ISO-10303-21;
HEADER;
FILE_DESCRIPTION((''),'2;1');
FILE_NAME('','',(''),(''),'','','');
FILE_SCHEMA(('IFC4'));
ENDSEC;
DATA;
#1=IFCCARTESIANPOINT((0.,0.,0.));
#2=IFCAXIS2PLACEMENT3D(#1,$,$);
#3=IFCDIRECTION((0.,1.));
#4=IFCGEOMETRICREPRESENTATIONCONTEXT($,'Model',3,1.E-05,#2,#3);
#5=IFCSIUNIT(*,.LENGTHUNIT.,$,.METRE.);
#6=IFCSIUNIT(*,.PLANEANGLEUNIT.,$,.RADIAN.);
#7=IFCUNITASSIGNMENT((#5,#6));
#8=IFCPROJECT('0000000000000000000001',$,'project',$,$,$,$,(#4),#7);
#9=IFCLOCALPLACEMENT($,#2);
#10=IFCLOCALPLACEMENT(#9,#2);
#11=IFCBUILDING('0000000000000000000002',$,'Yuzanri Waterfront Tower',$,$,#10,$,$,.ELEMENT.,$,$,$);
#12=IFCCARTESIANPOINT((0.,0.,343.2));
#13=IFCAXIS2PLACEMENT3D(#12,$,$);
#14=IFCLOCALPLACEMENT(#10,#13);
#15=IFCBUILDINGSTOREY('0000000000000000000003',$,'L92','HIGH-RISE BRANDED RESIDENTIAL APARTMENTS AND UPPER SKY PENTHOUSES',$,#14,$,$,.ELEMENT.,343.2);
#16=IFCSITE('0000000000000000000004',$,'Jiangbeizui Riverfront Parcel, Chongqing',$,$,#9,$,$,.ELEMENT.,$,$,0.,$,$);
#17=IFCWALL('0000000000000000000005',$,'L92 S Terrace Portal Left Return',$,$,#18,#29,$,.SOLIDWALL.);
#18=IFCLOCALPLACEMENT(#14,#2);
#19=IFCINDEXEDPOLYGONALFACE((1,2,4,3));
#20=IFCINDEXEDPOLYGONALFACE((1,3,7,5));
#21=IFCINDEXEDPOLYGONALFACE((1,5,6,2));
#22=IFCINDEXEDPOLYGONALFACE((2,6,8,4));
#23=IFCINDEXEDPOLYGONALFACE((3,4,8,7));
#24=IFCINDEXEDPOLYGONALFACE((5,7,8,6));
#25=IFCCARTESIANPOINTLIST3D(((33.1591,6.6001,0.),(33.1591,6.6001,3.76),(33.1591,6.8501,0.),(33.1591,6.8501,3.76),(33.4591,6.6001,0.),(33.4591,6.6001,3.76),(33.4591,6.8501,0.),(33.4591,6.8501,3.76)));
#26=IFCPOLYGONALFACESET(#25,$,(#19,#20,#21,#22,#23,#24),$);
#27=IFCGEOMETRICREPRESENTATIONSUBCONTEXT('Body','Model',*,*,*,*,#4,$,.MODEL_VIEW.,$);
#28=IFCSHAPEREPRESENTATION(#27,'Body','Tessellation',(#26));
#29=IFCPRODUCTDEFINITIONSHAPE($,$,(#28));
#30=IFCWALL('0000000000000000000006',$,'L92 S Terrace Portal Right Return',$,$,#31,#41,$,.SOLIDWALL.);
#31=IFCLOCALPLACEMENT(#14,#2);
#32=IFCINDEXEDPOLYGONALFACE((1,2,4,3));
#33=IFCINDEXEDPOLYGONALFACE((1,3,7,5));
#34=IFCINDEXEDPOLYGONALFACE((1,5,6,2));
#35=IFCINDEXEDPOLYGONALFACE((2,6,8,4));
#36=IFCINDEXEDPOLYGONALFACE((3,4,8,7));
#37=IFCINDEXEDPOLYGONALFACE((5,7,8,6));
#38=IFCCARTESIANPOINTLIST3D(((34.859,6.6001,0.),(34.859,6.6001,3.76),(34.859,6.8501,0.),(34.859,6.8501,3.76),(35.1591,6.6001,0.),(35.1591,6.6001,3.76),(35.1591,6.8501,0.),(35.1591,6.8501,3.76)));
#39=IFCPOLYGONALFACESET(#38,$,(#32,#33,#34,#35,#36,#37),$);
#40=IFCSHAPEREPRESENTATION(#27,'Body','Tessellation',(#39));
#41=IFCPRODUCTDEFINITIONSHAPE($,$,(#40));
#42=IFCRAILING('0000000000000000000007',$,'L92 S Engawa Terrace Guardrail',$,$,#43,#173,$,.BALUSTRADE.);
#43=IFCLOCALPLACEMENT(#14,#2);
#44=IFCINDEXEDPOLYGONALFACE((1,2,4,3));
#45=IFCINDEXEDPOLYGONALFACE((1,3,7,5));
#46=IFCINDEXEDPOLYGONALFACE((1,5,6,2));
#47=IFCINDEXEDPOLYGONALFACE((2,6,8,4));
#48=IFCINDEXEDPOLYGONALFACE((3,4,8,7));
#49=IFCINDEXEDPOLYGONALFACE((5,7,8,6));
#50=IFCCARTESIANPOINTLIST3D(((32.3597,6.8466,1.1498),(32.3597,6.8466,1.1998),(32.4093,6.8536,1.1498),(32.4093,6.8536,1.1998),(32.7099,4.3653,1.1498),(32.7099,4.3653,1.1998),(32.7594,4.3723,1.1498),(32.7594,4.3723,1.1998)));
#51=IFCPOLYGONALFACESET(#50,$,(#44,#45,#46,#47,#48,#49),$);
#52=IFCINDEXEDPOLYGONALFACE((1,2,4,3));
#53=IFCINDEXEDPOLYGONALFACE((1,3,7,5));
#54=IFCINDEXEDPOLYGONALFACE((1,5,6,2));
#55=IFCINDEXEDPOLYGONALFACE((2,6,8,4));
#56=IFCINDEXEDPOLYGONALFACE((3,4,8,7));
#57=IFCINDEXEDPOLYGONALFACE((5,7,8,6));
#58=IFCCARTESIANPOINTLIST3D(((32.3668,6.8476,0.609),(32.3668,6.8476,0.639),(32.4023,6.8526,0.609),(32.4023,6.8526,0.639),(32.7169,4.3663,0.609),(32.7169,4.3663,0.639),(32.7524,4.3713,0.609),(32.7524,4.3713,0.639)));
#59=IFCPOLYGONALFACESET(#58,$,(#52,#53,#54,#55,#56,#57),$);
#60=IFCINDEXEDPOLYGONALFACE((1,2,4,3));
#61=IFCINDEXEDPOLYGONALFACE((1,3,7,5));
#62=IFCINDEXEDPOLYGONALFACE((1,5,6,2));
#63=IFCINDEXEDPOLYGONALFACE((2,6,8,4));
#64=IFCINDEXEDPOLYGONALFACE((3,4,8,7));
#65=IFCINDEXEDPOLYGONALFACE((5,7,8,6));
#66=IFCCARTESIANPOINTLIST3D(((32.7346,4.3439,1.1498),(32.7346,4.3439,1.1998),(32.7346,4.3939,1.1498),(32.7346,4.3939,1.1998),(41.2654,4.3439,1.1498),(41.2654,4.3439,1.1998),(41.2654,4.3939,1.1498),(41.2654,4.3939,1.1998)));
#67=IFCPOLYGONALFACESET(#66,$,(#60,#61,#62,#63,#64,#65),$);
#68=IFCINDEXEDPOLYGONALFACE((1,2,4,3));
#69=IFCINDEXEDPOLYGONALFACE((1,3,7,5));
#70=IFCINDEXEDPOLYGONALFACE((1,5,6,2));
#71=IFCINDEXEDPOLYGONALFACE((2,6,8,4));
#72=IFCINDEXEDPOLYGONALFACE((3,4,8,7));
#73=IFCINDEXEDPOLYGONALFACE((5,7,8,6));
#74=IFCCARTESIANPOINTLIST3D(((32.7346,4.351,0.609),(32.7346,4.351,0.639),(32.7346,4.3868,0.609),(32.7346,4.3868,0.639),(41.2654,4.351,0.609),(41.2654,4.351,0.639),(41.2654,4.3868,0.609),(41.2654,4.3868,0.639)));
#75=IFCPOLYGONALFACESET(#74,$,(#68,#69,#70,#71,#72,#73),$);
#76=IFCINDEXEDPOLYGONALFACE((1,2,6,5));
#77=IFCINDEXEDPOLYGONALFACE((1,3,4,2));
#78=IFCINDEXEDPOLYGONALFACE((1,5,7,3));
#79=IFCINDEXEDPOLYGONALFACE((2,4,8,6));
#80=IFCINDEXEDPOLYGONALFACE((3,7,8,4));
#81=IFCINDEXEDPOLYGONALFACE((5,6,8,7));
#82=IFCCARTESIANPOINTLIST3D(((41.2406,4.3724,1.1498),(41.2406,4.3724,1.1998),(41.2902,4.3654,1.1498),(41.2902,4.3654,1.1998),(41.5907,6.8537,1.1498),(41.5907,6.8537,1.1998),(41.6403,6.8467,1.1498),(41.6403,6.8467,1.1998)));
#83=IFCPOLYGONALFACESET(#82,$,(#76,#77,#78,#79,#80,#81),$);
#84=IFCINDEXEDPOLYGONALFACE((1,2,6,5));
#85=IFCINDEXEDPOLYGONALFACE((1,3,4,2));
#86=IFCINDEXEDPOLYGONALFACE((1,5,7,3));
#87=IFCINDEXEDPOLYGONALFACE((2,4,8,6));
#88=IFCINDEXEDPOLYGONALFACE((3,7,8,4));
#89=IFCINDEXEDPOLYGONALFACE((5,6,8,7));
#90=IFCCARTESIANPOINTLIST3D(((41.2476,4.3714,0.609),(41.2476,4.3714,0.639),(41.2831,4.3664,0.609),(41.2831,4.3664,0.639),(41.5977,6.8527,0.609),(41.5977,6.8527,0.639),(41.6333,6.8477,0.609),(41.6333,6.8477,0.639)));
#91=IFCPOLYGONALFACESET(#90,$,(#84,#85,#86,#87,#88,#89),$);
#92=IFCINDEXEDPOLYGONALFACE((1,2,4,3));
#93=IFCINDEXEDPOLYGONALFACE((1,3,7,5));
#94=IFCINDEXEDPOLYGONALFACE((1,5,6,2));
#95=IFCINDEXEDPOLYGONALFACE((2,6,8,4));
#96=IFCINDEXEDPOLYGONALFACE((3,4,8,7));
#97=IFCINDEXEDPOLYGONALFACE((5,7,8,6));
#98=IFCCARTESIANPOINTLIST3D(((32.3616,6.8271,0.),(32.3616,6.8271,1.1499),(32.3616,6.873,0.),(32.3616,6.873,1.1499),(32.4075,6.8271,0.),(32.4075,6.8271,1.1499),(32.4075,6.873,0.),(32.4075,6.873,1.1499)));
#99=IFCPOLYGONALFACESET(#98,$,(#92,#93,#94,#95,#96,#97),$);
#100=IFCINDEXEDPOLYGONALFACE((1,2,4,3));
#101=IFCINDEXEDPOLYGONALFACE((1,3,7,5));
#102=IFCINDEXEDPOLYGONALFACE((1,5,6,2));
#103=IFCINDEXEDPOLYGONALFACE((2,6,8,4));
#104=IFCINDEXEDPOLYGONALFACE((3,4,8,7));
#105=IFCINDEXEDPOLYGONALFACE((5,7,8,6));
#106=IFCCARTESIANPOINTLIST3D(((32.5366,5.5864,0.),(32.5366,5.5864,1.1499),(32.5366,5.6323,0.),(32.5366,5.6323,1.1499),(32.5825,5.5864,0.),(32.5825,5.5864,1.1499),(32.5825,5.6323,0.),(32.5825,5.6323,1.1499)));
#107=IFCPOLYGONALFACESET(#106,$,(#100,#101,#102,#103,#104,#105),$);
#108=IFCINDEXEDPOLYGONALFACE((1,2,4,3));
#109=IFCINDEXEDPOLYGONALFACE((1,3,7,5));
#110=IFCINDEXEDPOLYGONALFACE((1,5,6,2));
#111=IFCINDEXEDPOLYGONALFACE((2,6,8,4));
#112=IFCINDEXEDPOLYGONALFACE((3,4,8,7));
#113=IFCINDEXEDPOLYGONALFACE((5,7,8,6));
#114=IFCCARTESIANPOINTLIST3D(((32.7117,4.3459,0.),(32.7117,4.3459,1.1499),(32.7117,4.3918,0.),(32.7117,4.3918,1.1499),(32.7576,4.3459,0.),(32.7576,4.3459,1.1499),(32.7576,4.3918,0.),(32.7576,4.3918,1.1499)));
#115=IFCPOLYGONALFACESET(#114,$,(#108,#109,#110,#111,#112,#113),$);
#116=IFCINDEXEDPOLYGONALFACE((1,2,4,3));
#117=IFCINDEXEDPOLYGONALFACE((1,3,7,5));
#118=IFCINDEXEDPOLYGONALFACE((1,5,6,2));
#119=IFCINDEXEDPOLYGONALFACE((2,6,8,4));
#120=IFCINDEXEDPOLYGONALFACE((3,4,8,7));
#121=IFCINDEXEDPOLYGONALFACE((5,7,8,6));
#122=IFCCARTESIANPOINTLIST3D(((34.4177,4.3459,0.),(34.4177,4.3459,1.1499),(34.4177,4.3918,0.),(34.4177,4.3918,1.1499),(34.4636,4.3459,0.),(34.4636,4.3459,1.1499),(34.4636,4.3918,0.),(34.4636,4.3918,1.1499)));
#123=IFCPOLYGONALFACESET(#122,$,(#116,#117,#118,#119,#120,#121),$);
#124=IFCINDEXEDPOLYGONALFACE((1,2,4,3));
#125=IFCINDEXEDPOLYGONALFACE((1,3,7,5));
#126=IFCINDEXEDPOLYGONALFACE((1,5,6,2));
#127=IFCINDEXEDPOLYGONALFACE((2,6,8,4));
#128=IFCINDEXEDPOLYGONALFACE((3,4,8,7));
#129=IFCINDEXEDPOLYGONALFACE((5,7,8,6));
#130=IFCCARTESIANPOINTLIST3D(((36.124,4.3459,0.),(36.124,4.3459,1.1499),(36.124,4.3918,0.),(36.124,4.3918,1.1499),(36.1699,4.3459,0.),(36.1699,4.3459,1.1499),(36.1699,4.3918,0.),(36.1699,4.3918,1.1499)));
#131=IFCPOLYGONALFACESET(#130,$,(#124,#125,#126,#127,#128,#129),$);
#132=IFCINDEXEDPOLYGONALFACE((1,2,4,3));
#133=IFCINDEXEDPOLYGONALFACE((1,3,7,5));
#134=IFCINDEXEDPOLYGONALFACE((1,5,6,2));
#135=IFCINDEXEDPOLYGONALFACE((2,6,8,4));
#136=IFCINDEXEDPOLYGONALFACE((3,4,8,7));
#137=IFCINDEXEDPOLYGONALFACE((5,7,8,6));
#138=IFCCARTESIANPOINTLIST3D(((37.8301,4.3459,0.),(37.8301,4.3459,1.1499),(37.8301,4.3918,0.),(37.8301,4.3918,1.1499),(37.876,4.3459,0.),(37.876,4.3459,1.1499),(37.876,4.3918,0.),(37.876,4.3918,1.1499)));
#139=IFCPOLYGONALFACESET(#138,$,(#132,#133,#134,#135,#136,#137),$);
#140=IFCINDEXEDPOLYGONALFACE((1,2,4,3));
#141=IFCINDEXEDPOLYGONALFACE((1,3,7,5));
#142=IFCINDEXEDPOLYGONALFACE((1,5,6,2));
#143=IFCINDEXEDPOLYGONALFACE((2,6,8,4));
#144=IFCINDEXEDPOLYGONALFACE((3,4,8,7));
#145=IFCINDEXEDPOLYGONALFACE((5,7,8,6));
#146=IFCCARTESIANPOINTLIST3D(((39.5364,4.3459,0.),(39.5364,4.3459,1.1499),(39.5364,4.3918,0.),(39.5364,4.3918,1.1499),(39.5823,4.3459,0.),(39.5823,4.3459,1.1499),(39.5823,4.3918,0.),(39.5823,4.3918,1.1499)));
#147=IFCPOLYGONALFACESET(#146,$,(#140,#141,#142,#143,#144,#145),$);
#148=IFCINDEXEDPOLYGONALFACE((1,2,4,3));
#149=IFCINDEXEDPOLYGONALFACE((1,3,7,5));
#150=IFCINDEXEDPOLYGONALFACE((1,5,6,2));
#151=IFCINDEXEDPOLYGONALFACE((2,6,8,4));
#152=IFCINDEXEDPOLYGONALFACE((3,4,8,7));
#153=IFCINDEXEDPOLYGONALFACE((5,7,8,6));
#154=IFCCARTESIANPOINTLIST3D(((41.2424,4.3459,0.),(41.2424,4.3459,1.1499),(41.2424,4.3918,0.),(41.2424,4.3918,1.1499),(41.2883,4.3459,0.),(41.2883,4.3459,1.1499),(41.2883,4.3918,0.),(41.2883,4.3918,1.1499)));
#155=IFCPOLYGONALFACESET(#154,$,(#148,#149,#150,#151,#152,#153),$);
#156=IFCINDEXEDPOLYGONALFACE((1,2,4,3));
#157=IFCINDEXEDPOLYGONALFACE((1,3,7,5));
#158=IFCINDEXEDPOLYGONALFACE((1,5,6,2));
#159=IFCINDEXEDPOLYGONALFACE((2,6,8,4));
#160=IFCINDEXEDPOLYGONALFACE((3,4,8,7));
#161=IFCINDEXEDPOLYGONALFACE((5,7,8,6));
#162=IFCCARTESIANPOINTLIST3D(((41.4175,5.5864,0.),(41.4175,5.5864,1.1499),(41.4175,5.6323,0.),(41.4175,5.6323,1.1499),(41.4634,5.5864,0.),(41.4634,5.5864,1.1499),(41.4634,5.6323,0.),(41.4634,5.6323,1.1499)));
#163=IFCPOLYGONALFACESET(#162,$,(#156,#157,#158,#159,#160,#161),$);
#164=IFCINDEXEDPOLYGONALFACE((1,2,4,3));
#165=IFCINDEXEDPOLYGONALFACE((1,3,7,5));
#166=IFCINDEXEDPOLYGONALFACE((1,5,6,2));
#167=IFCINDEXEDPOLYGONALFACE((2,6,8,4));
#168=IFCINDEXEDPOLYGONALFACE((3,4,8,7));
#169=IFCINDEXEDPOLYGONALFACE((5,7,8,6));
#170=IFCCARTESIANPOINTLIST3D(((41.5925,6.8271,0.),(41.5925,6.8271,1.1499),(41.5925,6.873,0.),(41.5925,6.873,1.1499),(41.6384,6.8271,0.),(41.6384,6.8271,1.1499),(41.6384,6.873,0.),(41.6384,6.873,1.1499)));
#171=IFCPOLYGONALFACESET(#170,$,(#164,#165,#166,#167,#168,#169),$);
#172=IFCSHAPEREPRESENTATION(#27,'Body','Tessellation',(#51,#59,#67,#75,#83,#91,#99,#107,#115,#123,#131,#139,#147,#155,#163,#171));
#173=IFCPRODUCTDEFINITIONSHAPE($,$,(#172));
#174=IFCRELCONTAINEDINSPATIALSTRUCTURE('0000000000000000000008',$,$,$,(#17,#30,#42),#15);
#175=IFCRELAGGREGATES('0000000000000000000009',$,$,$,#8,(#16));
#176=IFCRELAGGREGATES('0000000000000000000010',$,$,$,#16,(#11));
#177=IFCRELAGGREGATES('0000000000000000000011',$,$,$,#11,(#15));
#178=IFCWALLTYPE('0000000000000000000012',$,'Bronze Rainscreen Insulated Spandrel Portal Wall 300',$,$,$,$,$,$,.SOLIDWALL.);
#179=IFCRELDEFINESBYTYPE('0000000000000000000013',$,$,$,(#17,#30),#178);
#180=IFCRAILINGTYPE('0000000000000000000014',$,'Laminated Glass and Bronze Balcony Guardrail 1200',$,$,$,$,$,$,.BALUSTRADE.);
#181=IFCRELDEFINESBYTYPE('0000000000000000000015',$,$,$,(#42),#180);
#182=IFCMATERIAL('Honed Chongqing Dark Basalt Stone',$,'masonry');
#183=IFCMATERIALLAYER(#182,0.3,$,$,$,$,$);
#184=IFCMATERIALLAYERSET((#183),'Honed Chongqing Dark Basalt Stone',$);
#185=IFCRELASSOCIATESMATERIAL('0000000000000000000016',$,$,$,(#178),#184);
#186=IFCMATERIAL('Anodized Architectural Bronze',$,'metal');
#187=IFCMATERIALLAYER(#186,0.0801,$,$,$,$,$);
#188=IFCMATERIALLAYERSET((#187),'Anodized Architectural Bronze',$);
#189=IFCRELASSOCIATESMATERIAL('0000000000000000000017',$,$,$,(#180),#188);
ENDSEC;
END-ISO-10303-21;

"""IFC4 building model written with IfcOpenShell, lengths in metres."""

from ifc_helpers import new_model, si_unit, direction, frame, frame_2d, origin, origin_2d, place, context, subcontext, project, spatial, rectangle, extrude, source, transform, mapped, material, layer, layer_set, type_object, element, save


model = new_model("IFC4")

# Units and contexts
model_context = context("Model", 3, precision=1e-05, world=origin(), true_north=direction((0.0, 1.0)))
body_context = subcontext(model_context, "Body", "Model", "MODEL_VIEW")
ifc_project = project(units=[si_unit("LENGTHUNIT", "METRE"), si_unit("PLANEANGLEUNIT", "RADIAN")], contexts=[model_context])

# Site, building, storey
site_placement = place(None, origin())
site = spatial("IfcSite", under=ifc_project, at=site_placement, Name="Jiangbeizui Riverfront Parcel, Chongqing", CompositionType="ELEMENT", RefElevation=0.0)
building_placement = place(site_placement, origin())
building = spatial("IfcBuilding", under=site, at=building_placement, Name="Yuzanri Waterfront Tower", CompositionType="ELEMENT")
storey_placement = place(building_placement, frame((0.0, 0.0, 343.2)))
storey = spatial("IfcBuildingStorey", under=building, at=storey_placement, Name="L92", Description="HIGH-RISE BRANDED RESIDENTIAL APARTMENTS AND UPPER SKY PENTHOUSES", CompositionType="ELEMENT", Elevation=343.2)

# Shared definitions
ifc_material_1 = material(Name="Honed Chongqing Dark Basalt Stone", Category="masonry")
ifc_layer_1 = layer(ifc_material_1, 0.3)
ifc_layer_set_1 = layer_set([ifc_layer_1], Name="Honed Chongqing Dark Basalt Stone")
wall_type_1 = type_object("IfcWallType", Name="Bronze Rainscreen Insulated Spandrel Portal Wall 300", PredefinedType="SOLIDWALL", material=ifc_layer_set_1)

# Walls
shared_shape_1 = source(origin(), body_context, "Body", "SweptSolid", [
    extrude(rectangle(XDim=0.25, YDim=0.3, at=frame_2d((0.125, 0.0))), origin(), (0.0, 0.0, 1.0), 3.76),
])
for number, where, z_axis, x_axis, name in (
    (1, (33.3091, 6.8501, 0.0), (0.0, 0.0, 1.0), (0.0, -1.0, 0.0), "L92 S Terrace Portal Left Return"),
    (2, (35.009, 6.6001, 0.0), (0.0, 0.0, 1.0), (0.0, 1.0, 0.0), "L92 S Terrace Portal Right Return"),
):
    element("IfcWall", number, at=place(storey_placement, frame(where, z_axis=z_axis, x_axis=x_axis)), inside=storey, type_object=wall_type_1, Name=name, PredefinedType="SOLIDWALL", context=body_context, shape_type="MappedRepresentation", body=[
        mapped(shared_shape_1, transform((0.0, 0.0, 0.0), scale=1.0)),
    ])

# Railing
ifc_material_2 = material(Name="Anodized Architectural Bronze", Category="metal")
ifc_layer_2 = layer(ifc_material_2, 0.0801)
ifc_layer_set_2 = layer_set([ifc_layer_2], Name="Anodized Architectural Bronze")
railing_type = type_object("IfcRailingType", Name="Laminated Glass and Bronze Balcony Guardrail 1200", PredefinedType="BALUSTRADE", material=ifc_layer_set_2)
shared_shape_2 = source(origin(), body_context, "Body", "SweptSolid", [
    extrude(rectangle(XDim=0.05, YDim=0.05, at=origin_2d()), frame((0.0, 0.0, 1.1748), z_axis=(0.139716, -0.990192, 0.0), x_axis=(0.990192, 0.139716, 0.0)), (0.0, 0.0, 1.0), 2.5059),
    extrude(rectangle(XDim=0.0359, YDim=0.03, at=origin_2d()), frame((0.0, 0.0, 0.624), z_axis=(0.139716, -0.990192, 0.0), x_axis=(0.990192, 0.139716, 0.0)), (0.0, 0.0, 1.0), 2.5059),
    extrude(rectangle(XDim=0.05, YDim=0.05, at=origin_2d()), frame((0.3501, -2.4812, 1.1748), z_axis=(1.0, 0.0, 0.0), x_axis=(0.0, 1.0, 0.0)), (0.0, 0.0, 1.0), 8.5308),
    extrude(rectangle(XDim=0.0359, YDim=0.03, at=origin_2d()), frame((0.3501, -2.4812, 0.624), z_axis=(1.0, 0.0, 0.0), x_axis=(0.0, 1.0, 0.0)), (0.0, 0.0, 1.0), 8.5308),
    extrude(rectangle(XDim=0.05, YDim=0.05, at=origin_2d()), frame((8.8809, -2.4812, 1.1748), z_axis=(0.139716, 0.990192, 0.0), x_axis=(-0.990192, 0.139716, 0.0)), (0.0, 0.0, 1.0), 2.5059),
    extrude(rectangle(XDim=0.0359, YDim=0.03, at=origin_2d()), frame((8.8809, -2.4812, 0.624), z_axis=(0.139716, 0.990192, 0.0), x_axis=(-0.990192, 0.139716, 0.0)), (0.0, 0.0, 1.0), 2.5059),
    extrude(rectangle(XDim=0.0459, YDim=0.0459, at=origin_2d()), origin(), (0.0, 0.0, 1.0), 1.1499),
    extrude(rectangle(XDim=0.0459, YDim=0.0459, at=origin_2d()), frame((0.175, -1.2407, 0.0)), (0.0, 0.0, 1.0), 1.1499),
    extrude(rectangle(XDim=0.0459, YDim=0.0459, at=origin_2d()), frame((0.3501, -2.4812, 0.0)), (0.0, 0.0, 1.0), 1.1499),
    extrude(rectangle(XDim=0.0459, YDim=0.0459, at=origin_2d()), frame((2.0562, -2.4812, 0.0)), (0.0, 0.0, 1.0), 1.1499),
    extrude(rectangle(XDim=0.0459, YDim=0.0459, at=origin_2d()), frame((3.7625, -2.4812, 0.0)), (0.0, 0.0, 1.0), 1.1499),
    extrude(rectangle(XDim=0.0459, YDim=0.0459, at=origin_2d()), frame((5.4685, -2.4812, 0.0)), (0.0, 0.0, 1.0), 1.1499),
    extrude(rectangle(XDim=0.0459, YDim=0.0459, at=origin_2d()), frame((7.1748, -2.4812, 0.0)), (0.0, 0.0, 1.0), 1.1499),
    extrude(rectangle(XDim=0.0459, YDim=0.0459, at=origin_2d()), frame((8.8809, -2.4812, 0.0)), (0.0, 0.0, 1.0), 1.1499),
    extrude(rectangle(XDim=0.0459, YDim=0.0459, at=origin_2d()), frame((9.0559, -1.2407, 0.0)), (0.0, 0.0, 1.0), 1.1499),
    extrude(rectangle(XDim=0.0459, YDim=0.0459, at=origin_2d()), frame((9.231, 0.0, 0.0)), (0.0, 0.0, 1.0), 1.1499),
])
railing_placement = place(storey_placement, frame((32.3845, 6.8501, 0.0)))
element("IfcRailing", 3, at=railing_placement, inside=storey, type_object=railing_type, Name="L92 S Engawa Terrace Guardrail", PredefinedType="BALUSTRADE", context=body_context, shape_type="MappedRepresentation", body=[
    mapped(shared_shape_2, transform((0.0, 0.0, 0.0), scale=1.0)),
])

save(model, "model.ifc")
